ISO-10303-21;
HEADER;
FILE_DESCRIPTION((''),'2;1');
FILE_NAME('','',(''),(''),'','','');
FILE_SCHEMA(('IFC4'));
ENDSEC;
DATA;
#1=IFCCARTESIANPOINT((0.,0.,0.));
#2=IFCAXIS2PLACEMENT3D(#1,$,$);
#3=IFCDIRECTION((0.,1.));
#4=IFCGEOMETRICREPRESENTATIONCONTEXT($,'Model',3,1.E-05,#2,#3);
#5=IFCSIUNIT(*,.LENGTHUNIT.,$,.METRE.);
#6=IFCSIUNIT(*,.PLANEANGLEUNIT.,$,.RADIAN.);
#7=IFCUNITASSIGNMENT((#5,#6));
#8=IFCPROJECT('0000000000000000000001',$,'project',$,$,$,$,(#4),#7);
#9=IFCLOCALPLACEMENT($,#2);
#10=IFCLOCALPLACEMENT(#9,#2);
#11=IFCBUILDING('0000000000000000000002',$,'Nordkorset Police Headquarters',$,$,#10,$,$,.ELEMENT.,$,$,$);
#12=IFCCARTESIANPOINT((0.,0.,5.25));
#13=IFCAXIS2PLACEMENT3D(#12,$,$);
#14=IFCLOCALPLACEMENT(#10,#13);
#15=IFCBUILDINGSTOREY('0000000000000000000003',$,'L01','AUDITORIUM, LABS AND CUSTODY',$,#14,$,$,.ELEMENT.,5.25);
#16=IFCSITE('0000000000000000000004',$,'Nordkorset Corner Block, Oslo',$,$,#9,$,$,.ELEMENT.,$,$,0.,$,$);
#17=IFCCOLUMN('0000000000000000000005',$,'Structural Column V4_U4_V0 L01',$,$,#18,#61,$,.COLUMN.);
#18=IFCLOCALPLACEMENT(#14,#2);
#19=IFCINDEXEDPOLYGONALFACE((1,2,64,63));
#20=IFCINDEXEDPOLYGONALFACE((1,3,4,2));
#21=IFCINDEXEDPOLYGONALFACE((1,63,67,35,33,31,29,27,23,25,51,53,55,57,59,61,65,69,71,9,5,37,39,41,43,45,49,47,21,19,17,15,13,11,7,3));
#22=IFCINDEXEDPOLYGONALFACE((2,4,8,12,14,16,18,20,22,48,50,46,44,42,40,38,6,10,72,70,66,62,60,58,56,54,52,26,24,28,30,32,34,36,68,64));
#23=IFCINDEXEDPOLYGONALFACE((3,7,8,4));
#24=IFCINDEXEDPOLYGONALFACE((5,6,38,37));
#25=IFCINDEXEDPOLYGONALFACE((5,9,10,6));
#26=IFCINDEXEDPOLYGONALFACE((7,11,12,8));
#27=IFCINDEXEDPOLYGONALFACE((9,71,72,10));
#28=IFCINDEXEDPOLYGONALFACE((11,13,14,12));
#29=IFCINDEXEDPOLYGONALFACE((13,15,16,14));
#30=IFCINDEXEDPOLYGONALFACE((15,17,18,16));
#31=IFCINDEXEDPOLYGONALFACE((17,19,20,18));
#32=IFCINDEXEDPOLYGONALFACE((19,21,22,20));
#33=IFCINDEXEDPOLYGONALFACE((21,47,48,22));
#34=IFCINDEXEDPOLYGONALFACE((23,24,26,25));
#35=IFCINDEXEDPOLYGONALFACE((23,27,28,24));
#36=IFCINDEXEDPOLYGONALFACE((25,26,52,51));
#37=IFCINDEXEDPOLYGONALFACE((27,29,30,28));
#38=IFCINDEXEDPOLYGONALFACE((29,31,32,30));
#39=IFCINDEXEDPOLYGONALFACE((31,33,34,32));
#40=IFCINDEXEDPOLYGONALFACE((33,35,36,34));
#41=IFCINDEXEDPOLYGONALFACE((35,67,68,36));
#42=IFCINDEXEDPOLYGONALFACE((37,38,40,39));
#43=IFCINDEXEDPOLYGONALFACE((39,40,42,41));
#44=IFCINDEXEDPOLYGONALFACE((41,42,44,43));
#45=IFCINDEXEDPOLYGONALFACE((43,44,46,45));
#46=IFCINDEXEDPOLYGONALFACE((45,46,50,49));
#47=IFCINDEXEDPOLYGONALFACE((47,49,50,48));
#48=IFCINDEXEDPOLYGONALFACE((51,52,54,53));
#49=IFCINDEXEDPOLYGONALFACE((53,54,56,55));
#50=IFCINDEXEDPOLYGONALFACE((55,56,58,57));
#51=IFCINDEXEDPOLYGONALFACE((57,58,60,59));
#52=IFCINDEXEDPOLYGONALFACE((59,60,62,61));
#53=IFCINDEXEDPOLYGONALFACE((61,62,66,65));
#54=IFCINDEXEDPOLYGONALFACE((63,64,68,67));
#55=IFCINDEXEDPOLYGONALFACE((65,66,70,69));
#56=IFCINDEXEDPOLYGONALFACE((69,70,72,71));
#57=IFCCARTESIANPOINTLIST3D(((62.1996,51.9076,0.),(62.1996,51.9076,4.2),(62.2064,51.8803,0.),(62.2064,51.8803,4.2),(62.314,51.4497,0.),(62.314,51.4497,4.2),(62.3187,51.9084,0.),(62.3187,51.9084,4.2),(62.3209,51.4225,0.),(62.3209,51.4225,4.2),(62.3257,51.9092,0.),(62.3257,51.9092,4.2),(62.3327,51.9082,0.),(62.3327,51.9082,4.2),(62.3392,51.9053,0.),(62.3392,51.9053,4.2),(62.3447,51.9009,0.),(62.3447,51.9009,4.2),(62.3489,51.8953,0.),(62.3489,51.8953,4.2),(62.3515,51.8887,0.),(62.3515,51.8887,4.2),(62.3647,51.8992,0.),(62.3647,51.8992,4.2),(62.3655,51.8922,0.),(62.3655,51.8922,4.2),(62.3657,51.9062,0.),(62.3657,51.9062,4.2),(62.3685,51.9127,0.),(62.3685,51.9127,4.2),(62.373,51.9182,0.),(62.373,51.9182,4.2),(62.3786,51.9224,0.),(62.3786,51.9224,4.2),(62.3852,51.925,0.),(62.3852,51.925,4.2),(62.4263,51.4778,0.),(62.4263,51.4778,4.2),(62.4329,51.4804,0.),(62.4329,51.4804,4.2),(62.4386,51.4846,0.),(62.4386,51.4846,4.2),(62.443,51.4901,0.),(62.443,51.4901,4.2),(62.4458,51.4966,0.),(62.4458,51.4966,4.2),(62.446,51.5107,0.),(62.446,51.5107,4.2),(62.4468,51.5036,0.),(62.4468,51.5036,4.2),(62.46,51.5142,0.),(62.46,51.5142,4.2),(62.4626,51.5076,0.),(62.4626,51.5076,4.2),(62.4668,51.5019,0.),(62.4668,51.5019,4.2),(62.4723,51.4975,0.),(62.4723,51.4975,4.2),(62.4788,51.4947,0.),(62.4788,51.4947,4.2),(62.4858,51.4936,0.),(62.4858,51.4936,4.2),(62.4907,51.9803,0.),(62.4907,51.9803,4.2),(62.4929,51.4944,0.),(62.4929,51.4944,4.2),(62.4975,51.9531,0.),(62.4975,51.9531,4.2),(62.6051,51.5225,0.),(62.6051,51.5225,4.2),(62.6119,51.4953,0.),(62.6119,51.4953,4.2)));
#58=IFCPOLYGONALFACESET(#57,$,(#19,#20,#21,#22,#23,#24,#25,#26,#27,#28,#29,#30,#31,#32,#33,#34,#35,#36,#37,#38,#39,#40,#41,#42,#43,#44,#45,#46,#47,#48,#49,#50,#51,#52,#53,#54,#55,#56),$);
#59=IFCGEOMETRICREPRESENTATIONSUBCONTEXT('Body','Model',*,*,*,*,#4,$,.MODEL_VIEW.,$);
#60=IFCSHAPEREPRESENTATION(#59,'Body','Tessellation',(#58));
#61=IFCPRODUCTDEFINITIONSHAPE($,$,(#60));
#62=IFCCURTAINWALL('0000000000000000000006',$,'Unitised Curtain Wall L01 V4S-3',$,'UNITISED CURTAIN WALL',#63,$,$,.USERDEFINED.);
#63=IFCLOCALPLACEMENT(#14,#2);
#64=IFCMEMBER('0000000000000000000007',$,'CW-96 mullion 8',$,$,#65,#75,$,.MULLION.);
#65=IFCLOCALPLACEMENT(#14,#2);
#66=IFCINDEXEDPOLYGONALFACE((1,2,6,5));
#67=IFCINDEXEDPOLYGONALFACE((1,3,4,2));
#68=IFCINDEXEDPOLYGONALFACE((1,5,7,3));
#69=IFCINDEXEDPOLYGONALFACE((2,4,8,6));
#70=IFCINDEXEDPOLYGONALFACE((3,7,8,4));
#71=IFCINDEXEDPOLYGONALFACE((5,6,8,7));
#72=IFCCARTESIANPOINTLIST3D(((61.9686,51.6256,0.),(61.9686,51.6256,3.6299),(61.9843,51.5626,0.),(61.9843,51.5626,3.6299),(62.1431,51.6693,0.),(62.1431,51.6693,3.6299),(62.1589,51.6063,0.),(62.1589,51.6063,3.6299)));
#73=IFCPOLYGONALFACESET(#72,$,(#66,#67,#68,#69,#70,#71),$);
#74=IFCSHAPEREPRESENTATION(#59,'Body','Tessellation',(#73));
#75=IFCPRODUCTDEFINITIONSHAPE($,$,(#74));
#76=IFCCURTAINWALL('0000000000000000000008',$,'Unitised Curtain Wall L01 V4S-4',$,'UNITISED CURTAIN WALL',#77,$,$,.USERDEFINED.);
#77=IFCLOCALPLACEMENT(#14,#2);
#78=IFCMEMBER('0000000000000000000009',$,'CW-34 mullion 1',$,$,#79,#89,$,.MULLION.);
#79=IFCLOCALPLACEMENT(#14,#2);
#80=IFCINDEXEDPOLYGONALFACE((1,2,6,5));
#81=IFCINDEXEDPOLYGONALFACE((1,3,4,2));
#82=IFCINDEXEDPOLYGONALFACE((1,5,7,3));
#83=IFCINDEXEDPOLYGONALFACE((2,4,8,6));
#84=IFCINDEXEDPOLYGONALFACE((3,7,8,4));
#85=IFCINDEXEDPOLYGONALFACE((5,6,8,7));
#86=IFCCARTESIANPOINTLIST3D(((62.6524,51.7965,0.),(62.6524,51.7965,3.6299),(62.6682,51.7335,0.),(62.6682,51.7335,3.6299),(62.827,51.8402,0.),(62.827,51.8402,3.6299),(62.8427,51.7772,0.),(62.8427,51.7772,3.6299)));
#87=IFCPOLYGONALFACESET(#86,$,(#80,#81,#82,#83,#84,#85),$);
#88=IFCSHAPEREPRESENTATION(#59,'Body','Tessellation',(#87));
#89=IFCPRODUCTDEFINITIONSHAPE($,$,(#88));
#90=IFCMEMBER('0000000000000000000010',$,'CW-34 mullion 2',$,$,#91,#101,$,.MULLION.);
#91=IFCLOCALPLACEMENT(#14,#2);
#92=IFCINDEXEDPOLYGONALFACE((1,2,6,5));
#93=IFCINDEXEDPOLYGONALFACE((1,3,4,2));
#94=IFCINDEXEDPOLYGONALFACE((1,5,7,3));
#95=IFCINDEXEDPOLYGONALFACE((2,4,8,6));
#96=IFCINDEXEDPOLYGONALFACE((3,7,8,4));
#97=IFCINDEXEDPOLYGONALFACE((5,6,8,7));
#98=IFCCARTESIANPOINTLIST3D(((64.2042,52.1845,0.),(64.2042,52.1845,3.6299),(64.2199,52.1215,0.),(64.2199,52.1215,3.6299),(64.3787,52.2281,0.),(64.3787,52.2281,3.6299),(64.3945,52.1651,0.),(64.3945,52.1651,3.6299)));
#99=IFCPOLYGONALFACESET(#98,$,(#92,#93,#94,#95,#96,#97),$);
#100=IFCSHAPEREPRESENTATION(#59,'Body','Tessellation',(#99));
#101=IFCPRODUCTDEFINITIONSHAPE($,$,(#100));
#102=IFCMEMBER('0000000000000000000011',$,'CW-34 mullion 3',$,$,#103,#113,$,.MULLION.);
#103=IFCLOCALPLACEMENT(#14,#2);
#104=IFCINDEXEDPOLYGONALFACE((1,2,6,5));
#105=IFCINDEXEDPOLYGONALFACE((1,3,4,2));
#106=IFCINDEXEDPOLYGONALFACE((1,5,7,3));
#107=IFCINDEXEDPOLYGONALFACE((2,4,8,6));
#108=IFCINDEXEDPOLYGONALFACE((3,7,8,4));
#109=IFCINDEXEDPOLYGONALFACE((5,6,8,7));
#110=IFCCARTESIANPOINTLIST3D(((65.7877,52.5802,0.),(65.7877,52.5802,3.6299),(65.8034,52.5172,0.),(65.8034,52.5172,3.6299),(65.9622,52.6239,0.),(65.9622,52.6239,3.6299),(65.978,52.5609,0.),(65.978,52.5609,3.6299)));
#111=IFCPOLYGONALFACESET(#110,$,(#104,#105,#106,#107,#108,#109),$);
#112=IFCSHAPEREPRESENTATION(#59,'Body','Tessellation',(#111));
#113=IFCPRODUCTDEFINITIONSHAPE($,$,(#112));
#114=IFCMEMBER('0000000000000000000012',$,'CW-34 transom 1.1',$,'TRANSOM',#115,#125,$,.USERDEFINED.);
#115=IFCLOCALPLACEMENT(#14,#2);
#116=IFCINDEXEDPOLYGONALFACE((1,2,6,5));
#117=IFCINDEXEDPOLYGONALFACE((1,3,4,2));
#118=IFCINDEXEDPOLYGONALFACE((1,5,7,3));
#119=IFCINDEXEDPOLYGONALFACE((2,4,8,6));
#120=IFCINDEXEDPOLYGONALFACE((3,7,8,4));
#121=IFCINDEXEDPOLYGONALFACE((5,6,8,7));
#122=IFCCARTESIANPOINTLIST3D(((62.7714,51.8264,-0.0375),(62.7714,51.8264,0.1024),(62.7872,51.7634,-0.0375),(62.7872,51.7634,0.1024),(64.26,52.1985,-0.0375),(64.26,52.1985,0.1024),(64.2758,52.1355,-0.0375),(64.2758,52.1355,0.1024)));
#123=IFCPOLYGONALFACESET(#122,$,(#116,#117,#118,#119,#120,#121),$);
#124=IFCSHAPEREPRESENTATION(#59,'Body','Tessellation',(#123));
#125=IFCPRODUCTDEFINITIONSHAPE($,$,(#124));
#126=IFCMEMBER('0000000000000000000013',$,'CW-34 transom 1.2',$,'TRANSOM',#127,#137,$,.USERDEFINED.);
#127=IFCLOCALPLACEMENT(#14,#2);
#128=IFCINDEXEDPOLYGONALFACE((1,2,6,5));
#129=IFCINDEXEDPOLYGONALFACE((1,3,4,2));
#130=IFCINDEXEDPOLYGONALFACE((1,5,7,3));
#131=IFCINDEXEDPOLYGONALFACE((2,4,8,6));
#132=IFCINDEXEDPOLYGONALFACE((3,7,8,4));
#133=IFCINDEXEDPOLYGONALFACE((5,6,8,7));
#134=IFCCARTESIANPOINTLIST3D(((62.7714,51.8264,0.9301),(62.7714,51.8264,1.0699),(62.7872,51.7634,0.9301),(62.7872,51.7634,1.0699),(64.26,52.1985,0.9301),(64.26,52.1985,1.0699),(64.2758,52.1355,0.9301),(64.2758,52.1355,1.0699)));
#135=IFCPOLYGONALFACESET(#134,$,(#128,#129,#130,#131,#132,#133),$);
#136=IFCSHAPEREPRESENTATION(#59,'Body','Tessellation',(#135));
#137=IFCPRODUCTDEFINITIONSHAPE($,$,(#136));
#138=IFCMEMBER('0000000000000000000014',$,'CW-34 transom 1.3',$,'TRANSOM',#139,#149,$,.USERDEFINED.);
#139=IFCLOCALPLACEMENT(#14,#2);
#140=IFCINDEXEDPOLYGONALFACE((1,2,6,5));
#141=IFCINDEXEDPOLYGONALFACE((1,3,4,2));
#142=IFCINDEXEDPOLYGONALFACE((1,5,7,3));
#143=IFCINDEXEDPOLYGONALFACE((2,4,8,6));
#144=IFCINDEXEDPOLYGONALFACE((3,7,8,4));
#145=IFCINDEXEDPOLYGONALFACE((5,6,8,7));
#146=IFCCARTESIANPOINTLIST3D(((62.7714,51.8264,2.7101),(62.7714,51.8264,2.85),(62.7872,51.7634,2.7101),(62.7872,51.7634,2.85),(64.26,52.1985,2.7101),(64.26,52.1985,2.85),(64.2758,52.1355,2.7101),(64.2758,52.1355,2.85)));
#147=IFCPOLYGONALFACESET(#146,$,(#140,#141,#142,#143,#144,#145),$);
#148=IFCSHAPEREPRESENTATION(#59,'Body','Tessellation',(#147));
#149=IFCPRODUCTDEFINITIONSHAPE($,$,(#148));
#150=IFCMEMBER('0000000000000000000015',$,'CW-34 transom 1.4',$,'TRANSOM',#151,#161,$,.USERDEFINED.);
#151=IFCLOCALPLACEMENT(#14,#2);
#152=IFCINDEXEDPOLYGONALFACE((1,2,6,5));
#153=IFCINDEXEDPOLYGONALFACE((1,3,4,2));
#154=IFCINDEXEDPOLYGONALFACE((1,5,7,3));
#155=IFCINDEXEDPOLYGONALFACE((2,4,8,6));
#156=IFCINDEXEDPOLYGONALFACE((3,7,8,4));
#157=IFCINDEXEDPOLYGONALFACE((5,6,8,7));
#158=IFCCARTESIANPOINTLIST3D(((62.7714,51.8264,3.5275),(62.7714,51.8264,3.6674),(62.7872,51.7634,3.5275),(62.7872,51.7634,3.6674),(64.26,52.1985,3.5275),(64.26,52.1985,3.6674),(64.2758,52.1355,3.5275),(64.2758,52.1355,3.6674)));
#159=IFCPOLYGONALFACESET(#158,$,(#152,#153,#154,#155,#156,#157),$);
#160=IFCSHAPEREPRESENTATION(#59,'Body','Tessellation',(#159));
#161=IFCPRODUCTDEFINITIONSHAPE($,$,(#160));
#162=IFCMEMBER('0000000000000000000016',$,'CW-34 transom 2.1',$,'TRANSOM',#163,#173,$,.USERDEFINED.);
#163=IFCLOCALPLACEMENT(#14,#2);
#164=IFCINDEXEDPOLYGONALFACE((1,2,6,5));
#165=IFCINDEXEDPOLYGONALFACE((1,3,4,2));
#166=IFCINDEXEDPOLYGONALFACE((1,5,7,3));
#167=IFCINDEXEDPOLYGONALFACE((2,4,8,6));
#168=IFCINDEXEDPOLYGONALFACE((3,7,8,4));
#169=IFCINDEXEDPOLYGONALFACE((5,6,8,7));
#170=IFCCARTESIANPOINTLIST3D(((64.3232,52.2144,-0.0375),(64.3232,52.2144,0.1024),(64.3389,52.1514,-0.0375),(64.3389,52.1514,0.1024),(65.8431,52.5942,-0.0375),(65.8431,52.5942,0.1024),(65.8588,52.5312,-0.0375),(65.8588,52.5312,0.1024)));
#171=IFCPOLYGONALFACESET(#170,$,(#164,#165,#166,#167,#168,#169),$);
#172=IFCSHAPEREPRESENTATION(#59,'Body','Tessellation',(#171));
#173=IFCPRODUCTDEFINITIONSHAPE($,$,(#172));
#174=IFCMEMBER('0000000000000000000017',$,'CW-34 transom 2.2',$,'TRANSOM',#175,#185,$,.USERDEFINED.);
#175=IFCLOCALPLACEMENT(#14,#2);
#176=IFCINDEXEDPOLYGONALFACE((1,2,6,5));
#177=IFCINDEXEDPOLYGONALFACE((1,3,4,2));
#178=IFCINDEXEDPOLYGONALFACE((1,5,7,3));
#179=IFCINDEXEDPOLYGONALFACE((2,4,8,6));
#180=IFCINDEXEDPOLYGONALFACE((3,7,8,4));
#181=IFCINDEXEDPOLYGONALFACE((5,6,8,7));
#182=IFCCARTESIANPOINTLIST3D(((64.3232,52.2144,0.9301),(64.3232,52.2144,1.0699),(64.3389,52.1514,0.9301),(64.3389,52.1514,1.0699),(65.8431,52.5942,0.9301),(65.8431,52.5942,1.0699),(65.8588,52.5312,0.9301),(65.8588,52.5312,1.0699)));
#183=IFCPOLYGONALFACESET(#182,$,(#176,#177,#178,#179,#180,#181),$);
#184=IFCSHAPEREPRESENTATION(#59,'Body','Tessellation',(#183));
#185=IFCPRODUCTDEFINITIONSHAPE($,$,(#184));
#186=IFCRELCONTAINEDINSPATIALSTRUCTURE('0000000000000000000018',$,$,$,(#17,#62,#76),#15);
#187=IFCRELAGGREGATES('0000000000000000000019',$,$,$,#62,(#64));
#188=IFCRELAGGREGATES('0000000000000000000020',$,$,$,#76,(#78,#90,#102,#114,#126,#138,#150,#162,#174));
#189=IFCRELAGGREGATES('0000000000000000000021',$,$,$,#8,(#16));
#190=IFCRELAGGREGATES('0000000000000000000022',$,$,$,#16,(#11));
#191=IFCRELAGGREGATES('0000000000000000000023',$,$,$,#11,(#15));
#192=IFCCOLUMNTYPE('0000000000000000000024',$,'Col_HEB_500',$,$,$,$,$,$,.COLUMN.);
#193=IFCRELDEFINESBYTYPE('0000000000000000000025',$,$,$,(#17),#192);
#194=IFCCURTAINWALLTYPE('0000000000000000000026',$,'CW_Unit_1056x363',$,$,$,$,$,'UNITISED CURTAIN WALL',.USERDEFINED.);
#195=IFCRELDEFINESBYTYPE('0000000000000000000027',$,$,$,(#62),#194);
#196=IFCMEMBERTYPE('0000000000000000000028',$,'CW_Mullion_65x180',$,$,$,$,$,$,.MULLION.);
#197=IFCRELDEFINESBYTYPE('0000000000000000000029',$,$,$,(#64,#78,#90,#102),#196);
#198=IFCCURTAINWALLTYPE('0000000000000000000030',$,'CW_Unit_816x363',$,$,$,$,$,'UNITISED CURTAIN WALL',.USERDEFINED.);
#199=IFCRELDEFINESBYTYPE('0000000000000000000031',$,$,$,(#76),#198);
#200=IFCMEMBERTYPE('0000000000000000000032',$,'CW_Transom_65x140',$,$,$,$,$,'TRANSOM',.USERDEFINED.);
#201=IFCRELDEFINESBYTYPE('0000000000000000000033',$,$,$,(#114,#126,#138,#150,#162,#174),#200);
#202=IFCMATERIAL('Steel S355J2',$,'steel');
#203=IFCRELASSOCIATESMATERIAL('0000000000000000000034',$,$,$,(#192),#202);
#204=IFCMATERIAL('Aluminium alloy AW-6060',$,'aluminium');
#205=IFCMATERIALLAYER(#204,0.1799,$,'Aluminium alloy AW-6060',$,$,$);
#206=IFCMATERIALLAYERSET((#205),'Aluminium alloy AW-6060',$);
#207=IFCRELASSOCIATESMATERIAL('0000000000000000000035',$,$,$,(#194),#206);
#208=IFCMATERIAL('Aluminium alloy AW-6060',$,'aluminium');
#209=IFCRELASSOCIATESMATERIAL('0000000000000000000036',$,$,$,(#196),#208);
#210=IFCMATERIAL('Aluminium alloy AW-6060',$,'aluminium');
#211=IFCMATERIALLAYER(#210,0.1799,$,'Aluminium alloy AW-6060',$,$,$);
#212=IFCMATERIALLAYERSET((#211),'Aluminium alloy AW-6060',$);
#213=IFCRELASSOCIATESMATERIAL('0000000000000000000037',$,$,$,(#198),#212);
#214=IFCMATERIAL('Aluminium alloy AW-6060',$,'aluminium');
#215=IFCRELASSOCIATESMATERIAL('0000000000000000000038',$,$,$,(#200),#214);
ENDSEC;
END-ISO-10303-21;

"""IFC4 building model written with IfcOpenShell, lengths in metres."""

from ifc_helpers import new_model, si_unit, direction, frame, origin, origin_2d, place, context, subcontext, project, spatial, rectangle, i_section, extrude, material, layer, layer_set, material_profile, profile_set, type_object, element, aggregate, save


model = new_model("IFC4")

# Units and contexts
model_context = context("Model", 3, precision=1e-05, world=origin(), true_north=direction((0.0, 1.0)))
body_context = subcontext(model_context, "Body", "Model", "MODEL_VIEW")
ifc_project = project(units=[si_unit("LENGTHUNIT", "METRE"), si_unit("PLANEANGLEUNIT", "RADIAN")], contexts=[model_context])

# Site, building, storey
site_placement = place(None, origin())
site = spatial("IfcSite", under=ifc_project, at=site_placement, Name="Nordkorset Corner Block, Oslo", CompositionType="ELEMENT", RefElevation=0.0)
building_placement = place(site_placement, origin())
building = spatial("IfcBuilding", under=site, at=building_placement, Name="Nordkorset Police Headquarters", CompositionType="ELEMENT")
storey_placement = place(building_placement, frame((0.0, 0.0, 5.25)))
storey = spatial("IfcBuildingStorey", under=building, at=storey_placement, Name="L01", Description="AUDITORIUM, LABS AND CUSTODY", CompositionType="ELEMENT", Elevation=5.25)

# Column
ifc_material_1 = material(Name="Steel S355J2", Category="steel")
ifc_material_profile_1 = material_profile(ifc_material_1, i_section(OverallWidth=0.3, OverallDepth=0.5, WebThickness=0.0144, FlangeThickness=0.0281, FilletRadius=0.0271, at=origin_2d()), Name="HEB 500")
ifc_profile_set_1 = profile_set([ifc_material_profile_1], Name="Steel S355J2")
column_type = type_object("IfcColumnType", Name="Col_HEB_500", PredefinedType="COLUMN", material=ifc_profile_set_1)
column_placement = place(storey_placement, frame((62.4058, 51.7014, 0.0), z_axis=(0.0, 0.0, 1.0), x_axis=(0.970143, 0.242536, 0.0)))
element("IfcColumn", 1, at=column_placement, inside=storey, type_object=column_type, Name="Structural Column V4_U4_V0 L01", PredefinedType="COLUMN", context=body_context, shape_type="SweptSolid", body=[
    extrude(i_section(OverallWidth=0.3, OverallDepth=0.5, WebThickness=0.0144, FlangeThickness=0.0281, FilletRadius=0.0271, at=origin_2d()), origin(), (0.0, 0.0, 1.0), 4.2),
])

# Curtain wall, member
ifc_material_2 = material(Name="Aluminium alloy AW-6060", Category="aluminium")
ifc_layer_1 = layer(ifc_material_2, 0.1799, Name="Aluminium alloy AW-6060")
ifc_layer_set_1 = layer_set([ifc_layer_1], Name="Aluminium alloy AW-6060")
curtain_wall_type_1 = type_object("IfcCurtainWallType", Name="CW_Unit_1056x363", ElementType="UNITISED CURTAIN WALL", PredefinedType="USERDEFINED", material=ifc_layer_set_1)
curtain_wall_1_placement = place(storey_placement, origin())
curtain_wall_1 = element("IfcCurtainWall", 2, at=curtain_wall_1_placement, inside=storey, type_object=curtain_wall_type_1, Name="Unitised Curtain Wall L01 V4S-3", ObjectType="UNITISED CURTAIN WALL", PredefinedType="USERDEFINED")
ifc_material_3 = material(Name="Aluminium alloy AW-6060", Category="aluminium")
ifc_material_profile_2 = material_profile(ifc_material_3, rectangle(XDim=0.0649, YDim=0.1799, at=origin_2d()), Name="ALU MULL 65x180")
ifc_profile_set_2 = profile_set([ifc_material_profile_2], Name="Aluminium alloy AW-6060")
member_type_1 = type_object("IfcMemberType", Name="CW_Mullion_65x180", PredefinedType="MULLION", material=ifc_profile_set_2)
member_1_placement = place(storey_placement, frame((62.0637, 51.616, 0.0), z_axis=(0.0, 0.0, 1.0), x_axis=(-0.242535, 0.970143, 0.0)))
member_1 = element("IfcMember", 3, at=member_1_placement, type_object=member_type_1, Name="CW-96 mullion 8", PredefinedType="MULLION", context=body_context, shape_type="SweptSolid", body=[
    extrude(rectangle(XDim=0.0649, YDim=0.1799, at=origin_2d()), origin(), (0.0, 0.0, 1.0), 3.6299),
])

# Curtain wall, members
ifc_material_4 = material(Name="Aluminium alloy AW-6060", Category="aluminium")
ifc_layer_2 = layer(ifc_material_4, 0.1799, Name="Aluminium alloy AW-6060")
ifc_layer_set_2 = layer_set([ifc_layer_2], Name="Aluminium alloy AW-6060")
curtain_wall_type_2 = type_object("IfcCurtainWallType", Name="CW_Unit_816x363", ElementType="UNITISED CURTAIN WALL", PredefinedType="USERDEFINED", material=ifc_layer_set_2)
curtain_wall_2_placement = place(storey_placement, origin())
curtain_wall_2 = element("IfcCurtainWall", 4, at=curtain_wall_2_placement, inside=storey, type_object=curtain_wall_type_2, Name="Unitised Curtain Wall L01 V4S-4", ObjectType="UNITISED CURTAIN WALL", PredefinedType="USERDEFINED")
member_2_placement = place(storey_placement, frame((62.7476, 51.7869, 0.0), z_axis=(0.0, 0.0, 1.0), x_axis=(-0.242536, 0.970143, 0.0)))
member_2 = element("IfcMember", 5, at=member_2_placement, type_object=member_type_1, Name="CW-34 mullion 1", PredefinedType="MULLION", context=body_context, shape_type="SweptSolid", body=[
    extrude(rectangle(XDim=0.0649, YDim=0.1799, at=origin_2d()), origin(), (0.0, 0.0, 1.0), 3.6299),
])
member_3_placement = place(storey_placement, frame((64.2993, 52.1748, 0.0), z_axis=(0.0, 0.0, 1.0), x_axis=(-0.242536, 0.970143, 0.0)))
member_3 = element("IfcMember", 6, at=member_3_placement, type_object=member_type_1, Name="CW-34 mullion 2", PredefinedType="MULLION", context=body_context, shape_type="SweptSolid", body=[
    extrude(rectangle(XDim=0.0649, YDim=0.1799, at=origin_2d()), origin(), (0.0, 0.0, 1.0), 3.6299),
])
member_4_placement = place(storey_placement, frame((65.8828, 52.5706, 0.0), z_axis=(0.0, 0.0, 1.0), x_axis=(-0.242536, 0.970143, 0.0)))
member_4 = element("IfcMember", 7, at=member_4_placement, type_object=member_type_1, Name="CW-34 mullion 3", PredefinedType="MULLION", context=body_context, shape_type="SweptSolid", body=[
    extrude(rectangle(XDim=0.0649, YDim=0.1799, at=origin_2d()), origin(), (0.0, 0.0, 1.0), 3.6299),
])
ifc_material_5 = material(Name="Aluminium alloy AW-6060", Category="aluminium")
ifc_material_profile_3 = material_profile(ifc_material_5, rectangle(XDim=0.0649, YDim=0.1399, at=origin_2d()), Name="ALU TRAN 65x140")
ifc_profile_set_3 = profile_set([ifc_material_profile_3], Name="Aluminium alloy AW-6060")
member_type_2 = type_object("IfcMemberType", Name="CW_Transom_65x140", ElementType="TRANSOM", PredefinedType="USERDEFINED", material=ifc_profile_set_3)
member_5_placement = place(storey_placement, frame((62.7793, 51.7949, 0.0325), z_axis=(0.970152, 0.242498, 0.0), x_axis=(-0.242498, 0.970152, 0.0)))
member_5 = element("IfcMember", 8, at=member_5_placement, type_object=member_type_2, Name="CW-34 transom 1.1", ObjectType="TRANSOM", PredefinedType="USERDEFINED", context=body_context, shape_type="SweptSolid", body=[
    extrude(rectangle(XDim=0.0649, YDim=0.1399, at=origin_2d()), origin(), (0.0, 0.0, 1.0), 1.5344),
])
member_6_placement = place(storey_placement, frame((62.7793, 51.7949, 1.0), z_axis=(0.970152, 0.242498, 0.0), x_axis=(-0.242498, 0.970152, 0.0)))
member_6 = element("IfcMember", 9, at=member_6_placement, type_object=member_type_2, Name="CW-34 transom 1.2", ObjectType="TRANSOM", PredefinedType="USERDEFINED", context=body_context, shape_type="SweptSolid", body=[
    extrude(rectangle(XDim=0.0649, YDim=0.1399, at=origin_2d()), origin(), (0.0, 0.0, 1.0), 1.5344),
])
member_7_placement = place(storey_placement, frame((62.7793, 51.7949, 2.78), z_axis=(0.970152, 0.242498, 0.0), x_axis=(-0.242498, 0.970152, 0.0)))
member_7 = element("IfcMember", 10, at=member_7_placement, type_object=member_type_2, Name="CW-34 transom 1.3", ObjectType="TRANSOM", PredefinedType="USERDEFINED", context=body_context, shape_type="SweptSolid", body=[
    extrude(rectangle(XDim=0.0649, YDim=0.1399, at=origin_2d()), origin(), (0.0, 0.0, 1.0), 1.5344),
])
member_8_placement = place(storey_placement, frame((62.7793, 51.7949, 3.5974), z_axis=(0.970152, 0.242498, 0.0), x_axis=(-0.242498, 0.970152, 0.0)))
member_8 = element("IfcMember", 11, at=member_8_placement, type_object=member_type_2, Name="CW-34 transom 1.4", ObjectType="TRANSOM", PredefinedType="USERDEFINED", context=body_context, shape_type="SweptSolid", body=[
    extrude(rectangle(XDim=0.0649, YDim=0.1399, at=origin_2d()), origin(), (0.0, 0.0, 1.0), 1.5344),
])
member_9_placement = place(storey_placement, frame((64.3311, 52.1829, 0.0325), z_axis=(0.970161, 0.242462, 0.0), x_axis=(-0.242462, 0.970161, 0.0)))
member_9 = element("IfcMember", 12, at=member_9_placement, type_object=member_type_2, Name="CW-34 transom 2.1", ObjectType="TRANSOM", PredefinedType="USERDEFINED", context=body_context, shape_type="SweptSolid", body=[
    extrude(rectangle(XDim=0.0649, YDim=0.1399, at=origin_2d()), origin(), (0.0, 0.0, 1.0), 1.5667),
])
member_10_placement = place(storey_placement, frame((64.3311, 52.1829, 1.0), z_axis=(0.970161, 0.242462, 0.0), x_axis=(-0.242462, 0.970161, 0.0)))
member_10 = element("IfcMember", 13, at=member_10_placement, type_object=member_type_2, Name="CW-34 transom 2.2", ObjectType="TRANSOM", PredefinedType="USERDEFINED", context=body_context, shape_type="SweptSolid", body=[
    extrude(rectangle(XDim=0.0649, YDim=0.1399, at=origin_2d()), origin(), (0.0, 0.0, 1.0), 1.5667),
])

aggregate(curtain_wall_1, [member_1])
aggregate(curtain_wall_2, [member_2, member_3, member_4, member_5, member_6, member_7, member_8, member_9, member_10])

save(model, "model.ifc")
